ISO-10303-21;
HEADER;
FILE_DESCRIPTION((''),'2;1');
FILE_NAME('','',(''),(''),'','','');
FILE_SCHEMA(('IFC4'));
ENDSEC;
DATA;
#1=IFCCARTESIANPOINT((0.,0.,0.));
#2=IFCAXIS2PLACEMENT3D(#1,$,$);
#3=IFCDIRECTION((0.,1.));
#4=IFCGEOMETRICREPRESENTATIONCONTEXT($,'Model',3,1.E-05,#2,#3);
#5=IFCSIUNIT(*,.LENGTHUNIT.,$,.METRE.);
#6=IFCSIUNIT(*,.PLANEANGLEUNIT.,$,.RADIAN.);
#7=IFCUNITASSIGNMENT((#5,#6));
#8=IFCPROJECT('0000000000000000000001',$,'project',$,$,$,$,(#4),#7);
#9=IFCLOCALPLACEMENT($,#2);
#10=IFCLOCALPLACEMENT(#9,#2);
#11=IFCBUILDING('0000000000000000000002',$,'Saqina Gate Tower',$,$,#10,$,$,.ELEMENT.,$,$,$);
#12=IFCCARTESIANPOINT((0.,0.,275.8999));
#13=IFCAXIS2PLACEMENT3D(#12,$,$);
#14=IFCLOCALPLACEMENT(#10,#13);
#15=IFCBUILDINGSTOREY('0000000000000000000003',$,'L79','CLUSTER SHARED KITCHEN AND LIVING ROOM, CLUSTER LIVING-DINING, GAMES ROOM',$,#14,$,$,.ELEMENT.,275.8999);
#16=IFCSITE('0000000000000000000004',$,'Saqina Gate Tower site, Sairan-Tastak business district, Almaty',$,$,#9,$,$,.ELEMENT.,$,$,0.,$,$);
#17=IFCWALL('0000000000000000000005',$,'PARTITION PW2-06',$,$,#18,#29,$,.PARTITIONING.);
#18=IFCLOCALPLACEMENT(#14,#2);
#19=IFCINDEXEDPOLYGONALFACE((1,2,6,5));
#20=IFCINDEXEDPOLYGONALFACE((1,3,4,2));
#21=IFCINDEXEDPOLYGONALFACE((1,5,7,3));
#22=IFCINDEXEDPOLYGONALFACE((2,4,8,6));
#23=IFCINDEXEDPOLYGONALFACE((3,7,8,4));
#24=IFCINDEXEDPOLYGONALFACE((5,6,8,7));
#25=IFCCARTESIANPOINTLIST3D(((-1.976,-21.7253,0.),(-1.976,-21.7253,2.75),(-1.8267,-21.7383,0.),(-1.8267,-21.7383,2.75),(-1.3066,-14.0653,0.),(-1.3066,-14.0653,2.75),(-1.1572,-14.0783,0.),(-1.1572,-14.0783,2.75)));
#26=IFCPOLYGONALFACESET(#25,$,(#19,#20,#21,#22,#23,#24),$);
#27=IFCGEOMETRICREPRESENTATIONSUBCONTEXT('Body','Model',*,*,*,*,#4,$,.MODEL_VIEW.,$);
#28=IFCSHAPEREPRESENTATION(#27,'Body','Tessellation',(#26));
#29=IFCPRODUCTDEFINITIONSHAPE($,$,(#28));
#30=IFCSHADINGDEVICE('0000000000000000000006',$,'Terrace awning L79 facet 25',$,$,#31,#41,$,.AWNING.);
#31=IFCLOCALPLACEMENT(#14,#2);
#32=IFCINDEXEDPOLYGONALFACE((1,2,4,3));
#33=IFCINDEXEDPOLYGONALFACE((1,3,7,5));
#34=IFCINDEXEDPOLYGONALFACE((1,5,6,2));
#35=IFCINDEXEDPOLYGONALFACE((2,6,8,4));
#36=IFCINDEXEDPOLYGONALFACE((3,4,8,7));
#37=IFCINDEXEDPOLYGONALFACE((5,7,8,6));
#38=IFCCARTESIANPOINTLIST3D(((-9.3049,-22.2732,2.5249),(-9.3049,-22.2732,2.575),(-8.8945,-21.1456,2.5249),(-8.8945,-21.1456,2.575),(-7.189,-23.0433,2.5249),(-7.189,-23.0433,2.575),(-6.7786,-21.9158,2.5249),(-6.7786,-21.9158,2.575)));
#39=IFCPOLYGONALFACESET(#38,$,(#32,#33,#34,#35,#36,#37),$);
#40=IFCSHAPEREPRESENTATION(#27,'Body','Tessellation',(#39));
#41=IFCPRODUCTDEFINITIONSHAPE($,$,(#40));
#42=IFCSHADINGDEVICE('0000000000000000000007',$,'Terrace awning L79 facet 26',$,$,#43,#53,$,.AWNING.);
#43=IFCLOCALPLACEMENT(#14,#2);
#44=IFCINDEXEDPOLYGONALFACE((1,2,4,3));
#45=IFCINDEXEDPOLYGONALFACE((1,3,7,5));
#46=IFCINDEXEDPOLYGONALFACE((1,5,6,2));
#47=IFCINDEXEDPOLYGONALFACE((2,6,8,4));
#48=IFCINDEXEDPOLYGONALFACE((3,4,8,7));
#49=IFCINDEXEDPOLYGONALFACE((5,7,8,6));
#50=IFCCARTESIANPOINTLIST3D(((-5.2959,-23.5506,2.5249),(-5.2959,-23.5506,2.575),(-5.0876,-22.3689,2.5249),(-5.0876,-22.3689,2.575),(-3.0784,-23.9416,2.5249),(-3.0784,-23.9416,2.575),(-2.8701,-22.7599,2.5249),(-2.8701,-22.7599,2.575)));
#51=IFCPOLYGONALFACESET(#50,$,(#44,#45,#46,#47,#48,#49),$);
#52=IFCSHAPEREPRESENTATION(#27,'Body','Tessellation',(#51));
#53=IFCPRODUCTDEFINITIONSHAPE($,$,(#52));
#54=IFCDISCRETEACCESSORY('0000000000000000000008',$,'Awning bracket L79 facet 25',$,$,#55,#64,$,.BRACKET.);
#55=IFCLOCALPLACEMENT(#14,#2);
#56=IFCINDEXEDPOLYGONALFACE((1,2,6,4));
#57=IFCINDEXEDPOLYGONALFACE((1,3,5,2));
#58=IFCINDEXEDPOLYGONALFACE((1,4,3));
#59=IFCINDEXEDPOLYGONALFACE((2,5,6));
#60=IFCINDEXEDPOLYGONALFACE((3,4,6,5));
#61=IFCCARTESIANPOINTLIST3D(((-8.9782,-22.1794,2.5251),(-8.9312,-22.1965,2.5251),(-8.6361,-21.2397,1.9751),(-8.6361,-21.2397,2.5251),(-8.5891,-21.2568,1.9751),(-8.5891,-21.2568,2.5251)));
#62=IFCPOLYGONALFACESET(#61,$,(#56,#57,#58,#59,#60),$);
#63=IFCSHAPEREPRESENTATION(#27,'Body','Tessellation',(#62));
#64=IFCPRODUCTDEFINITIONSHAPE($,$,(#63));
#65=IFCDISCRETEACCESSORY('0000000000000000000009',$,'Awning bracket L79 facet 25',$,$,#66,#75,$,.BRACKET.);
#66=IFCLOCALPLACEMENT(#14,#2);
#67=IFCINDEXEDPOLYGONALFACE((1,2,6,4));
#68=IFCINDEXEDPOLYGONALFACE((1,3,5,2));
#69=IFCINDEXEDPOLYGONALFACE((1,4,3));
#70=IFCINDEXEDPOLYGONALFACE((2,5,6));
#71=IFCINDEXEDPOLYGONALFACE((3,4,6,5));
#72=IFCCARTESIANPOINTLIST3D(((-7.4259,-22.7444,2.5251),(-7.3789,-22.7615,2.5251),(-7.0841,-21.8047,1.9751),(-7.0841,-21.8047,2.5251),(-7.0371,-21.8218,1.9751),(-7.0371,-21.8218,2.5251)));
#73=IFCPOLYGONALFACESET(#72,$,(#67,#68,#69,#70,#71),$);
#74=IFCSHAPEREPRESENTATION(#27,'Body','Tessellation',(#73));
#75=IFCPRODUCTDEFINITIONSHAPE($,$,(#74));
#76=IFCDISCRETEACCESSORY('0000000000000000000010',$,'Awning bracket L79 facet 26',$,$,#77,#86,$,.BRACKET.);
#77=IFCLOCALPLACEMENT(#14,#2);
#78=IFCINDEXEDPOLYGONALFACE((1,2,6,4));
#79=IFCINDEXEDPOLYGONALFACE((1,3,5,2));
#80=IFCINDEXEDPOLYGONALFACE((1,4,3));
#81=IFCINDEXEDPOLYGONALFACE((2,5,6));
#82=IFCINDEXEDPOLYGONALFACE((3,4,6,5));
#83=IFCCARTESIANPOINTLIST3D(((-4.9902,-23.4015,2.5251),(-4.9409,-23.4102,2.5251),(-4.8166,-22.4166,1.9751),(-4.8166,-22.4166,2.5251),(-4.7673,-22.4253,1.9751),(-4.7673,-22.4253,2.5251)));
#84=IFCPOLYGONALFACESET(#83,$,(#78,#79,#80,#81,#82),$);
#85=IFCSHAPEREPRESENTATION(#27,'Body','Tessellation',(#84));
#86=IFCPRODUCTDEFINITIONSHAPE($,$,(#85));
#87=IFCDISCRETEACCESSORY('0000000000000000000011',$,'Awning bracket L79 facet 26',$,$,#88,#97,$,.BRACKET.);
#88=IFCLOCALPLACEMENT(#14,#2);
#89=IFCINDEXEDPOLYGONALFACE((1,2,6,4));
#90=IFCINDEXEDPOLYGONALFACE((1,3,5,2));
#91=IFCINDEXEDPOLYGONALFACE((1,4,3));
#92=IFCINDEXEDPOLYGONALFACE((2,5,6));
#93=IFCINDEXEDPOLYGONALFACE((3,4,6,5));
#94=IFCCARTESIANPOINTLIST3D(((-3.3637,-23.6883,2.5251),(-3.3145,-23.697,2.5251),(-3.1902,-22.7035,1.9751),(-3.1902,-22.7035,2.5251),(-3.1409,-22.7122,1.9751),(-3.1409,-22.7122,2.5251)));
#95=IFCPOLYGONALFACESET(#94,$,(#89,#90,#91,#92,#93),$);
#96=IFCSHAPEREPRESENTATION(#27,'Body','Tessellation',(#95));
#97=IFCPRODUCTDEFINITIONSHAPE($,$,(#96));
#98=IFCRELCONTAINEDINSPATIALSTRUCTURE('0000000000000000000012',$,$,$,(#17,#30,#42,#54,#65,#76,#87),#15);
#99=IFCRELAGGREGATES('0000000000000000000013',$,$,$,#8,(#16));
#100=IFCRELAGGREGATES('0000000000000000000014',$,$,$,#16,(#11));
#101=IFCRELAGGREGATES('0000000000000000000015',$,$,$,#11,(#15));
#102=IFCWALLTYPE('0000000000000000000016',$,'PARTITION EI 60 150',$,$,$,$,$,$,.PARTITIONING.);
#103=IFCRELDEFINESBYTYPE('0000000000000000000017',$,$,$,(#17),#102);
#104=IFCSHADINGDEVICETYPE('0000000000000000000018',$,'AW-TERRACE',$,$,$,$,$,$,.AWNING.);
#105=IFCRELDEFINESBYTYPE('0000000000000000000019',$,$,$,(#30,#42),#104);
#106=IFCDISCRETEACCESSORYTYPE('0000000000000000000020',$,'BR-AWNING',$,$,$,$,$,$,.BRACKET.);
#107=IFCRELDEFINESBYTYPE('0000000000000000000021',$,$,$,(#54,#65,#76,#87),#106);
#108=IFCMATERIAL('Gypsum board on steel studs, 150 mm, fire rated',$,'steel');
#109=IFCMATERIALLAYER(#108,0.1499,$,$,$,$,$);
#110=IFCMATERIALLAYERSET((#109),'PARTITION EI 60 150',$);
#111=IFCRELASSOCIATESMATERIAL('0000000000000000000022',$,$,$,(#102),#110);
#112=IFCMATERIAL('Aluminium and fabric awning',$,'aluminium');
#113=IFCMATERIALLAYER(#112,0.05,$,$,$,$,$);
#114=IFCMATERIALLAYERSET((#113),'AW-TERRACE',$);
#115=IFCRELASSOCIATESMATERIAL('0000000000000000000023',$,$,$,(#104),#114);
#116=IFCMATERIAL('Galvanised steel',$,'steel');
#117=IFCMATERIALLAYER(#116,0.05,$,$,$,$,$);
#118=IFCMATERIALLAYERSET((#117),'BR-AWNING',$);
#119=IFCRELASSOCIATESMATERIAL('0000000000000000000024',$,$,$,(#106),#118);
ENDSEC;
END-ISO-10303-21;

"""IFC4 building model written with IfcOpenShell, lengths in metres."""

from ifc_helpers import new_model, si_unit, direction, frame, frame_2d, origin, origin_2d, place, context, subcontext, project, spatial, polyline, rectangle, outline, extrude, material, layer, layer_set, type_object, element, save


model = new_model("IFC4")

# Units and contexts
model_context = context("Model", 3, precision=1e-05, world=origin(), true_north=direction((0.0, 1.0)))
body_context = subcontext(model_context, "Body", "Model", "MODEL_VIEW")
ifc_project = project(units=[si_unit("LENGTHUNIT", "METRE"), si_unit("PLANEANGLEUNIT", "RADIAN")], contexts=[model_context])

# Site, building, storey
site_placement = place(None, origin())
site = spatial("IfcSite", under=ifc_project, at=site_placement, Name="Saqina Gate Tower site, Sairan-Tastak business district, Almaty", CompositionType="ELEMENT", RefElevation=0.0)
building_placement = place(site_placement, origin())
building = spatial("IfcBuilding", under=site, at=building_placement, Name="Saqina Gate Tower", CompositionType="ELEMENT")
storey_placement = place(building_placement, frame((0.0, 0.0, 275.8999)))
storey = spatial("IfcBuildingStorey", under=building, at=storey_placement, Name="L79", Description="CLUSTER SHARED KITCHEN AND LIVING ROOM, CLUSTER LIVING-DINING, GAMES ROOM", CompositionType="ELEMENT", Elevation=275.8999)

# Wall
ifc_material_1 = material(Name="Gypsum board on steel studs, 150 mm, fire rated", Category="steel")
ifc_layer_1 = layer(ifc_material_1, 0.1499)
ifc_layer_set_1 = layer_set([ifc_layer_1], Name="PARTITION EI 60 150")
wall_type_1 = type_object("IfcWallType", Name="PARTITION EI 60 150", PredefinedType="PARTITIONING", material=ifc_layer_set_1)
wall_1_placement = place(storey_placement, frame((-1.9014, -21.7319, 0.0), z_axis=(0.0, 0.0, 1.0), x_axis=(0.087063, 0.996203, 0.0)))
element("IfcWall", 1, at=wall_1_placement, inside=storey, type_object=wall_type_1, Name="PARTITION PW2-06", PredefinedType="PARTITIONING", context=body_context, shape_type="SweptSolid", body=[
    extrude(rectangle(XDim=7.6892, YDim=0.1499, at=frame_2d((3.8447, 0.0))), origin(), (0.0, 0.0, 1.0), 2.75),
])

# Shading devices
ifc_material_2 = material(Name="Aluminium and fabric awning", Category="aluminium")
ifc_layer_2 = layer(ifc_material_2, 0.05)
ifc_layer_set_2 = layer_set([ifc_layer_2], Name="AW-TERRACE")
shading_device_type = type_object("IfcShadingDeviceType", Name="AW-TERRACE", PredefinedType="AWNING", material=ifc_layer_set_2)
for number, where, z_axis, x_axis, name in (
    (2, (-8.0417, -22.0945, 2.5249), (0.0, 0.0, 1.0), (0.939693, -0.34202, 0.0), "Terrace awning L79 facet 25"),
    (3, (-4.083, -23.1553, 2.5249), (0.0, 0.0, 1.0), (0.984808, -0.173648, 0.0), "Terrace awning L79 facet 26"),
):
    element("IfcShadingDevice", number, at=place(storey_placement, frame(where, z_axis=z_axis, x_axis=x_axis)), inside=storey, type_object=shading_device_type, Name=name, PredefinedType="AWNING", context=body_context, shape_type="SweptSolid", body=[
        extrude(rectangle(XDim=2.2517, YDim=1.2, at=origin_2d()), origin(), (0.0, 0.0, 1.0), 0.05),
    ])

# Discrete accessories
ifc_material_3 = material(Name="Galvanised steel", Category="steel")
ifc_layer_3 = layer(ifc_material_3, 0.05)
ifc_layer_set_3 = layer_set([ifc_layer_3], Name="BR-AWNING")
discrete_accessory_type = type_object("IfcDiscreteAccessoryType", Name="BR-AWNING", PredefinedType="BRACKET", material=ifc_layer_set_3)
discrete_accessory_1_placement = place(storey_placement, frame((-8.5891, -21.2568, 1.9751), z_axis=(0.939686, -0.342037, 0.0), x_axis=(0.0, 0.0, 1.0)))
element("IfcDiscreteAccessory", 4, at=discrete_accessory_1_placement, inside=storey, type_object=discrete_accessory_type, Name="Awning bracket L79 facet 25", PredefinedType="BRACKET", context=body_context, shape_type="SweptSolid", body=[
    extrude(outline(polyline([(0.0, 0.0), (0.55, 0.0), (0.55, 1.0), (0.0, 0.0)])), origin(), (0.0, 0.0, -1.0), 0.05),
])
discrete_accessory_2_placement = place(storey_placement, frame((-7.0371, -21.8218, 1.9751), z_axis=(0.939765, -0.341821, 0.0), x_axis=(0.0, 0.0, 1.0)))
element("IfcDiscreteAccessory", 5, at=discrete_accessory_2_placement, inside=storey, type_object=discrete_accessory_type, Name="Awning bracket L79 facet 25", PredefinedType="BRACKET", context=body_context, shape_type="SweptSolid", body=[
    extrude(outline(polyline([(0.0, 0.0), (0.55, 0.0), (0.55, 0.9999), (0.0, 0.0)])), origin(), (0.0, 0.0, -1.0), 0.05),
])
for number, where, z_axis, x_axis, name in (
    (6, (-4.7673, -22.4253, 1.9751), (0.98482, -0.173576, 0.0), (0.0, 0.0, 1.0), "Awning bracket L79 facet 26"),
    (7, (-3.1409, -22.7122, 1.9751), (0.98482, -0.173576, 0.0), (0.0, 0.0, 1.0), "Awning bracket L79 facet 26"),
):
    element("IfcDiscreteAccessory", number, at=place(storey_placement, frame(where, z_axis=z_axis, x_axis=x_axis)), inside=storey, type_object=discrete_accessory_type, Name=name, PredefinedType="BRACKET", context=body_context, shape_type="SweptSolid", body=[
        extrude(outline(polyline([(0.0, 0.0), (0.55, 0.0), (0.55, 1.0), (0.0, 0.0)])), origin(), (0.0, 0.0, -1.0), 0.05),
    ])

save(model, "model.ifc")
